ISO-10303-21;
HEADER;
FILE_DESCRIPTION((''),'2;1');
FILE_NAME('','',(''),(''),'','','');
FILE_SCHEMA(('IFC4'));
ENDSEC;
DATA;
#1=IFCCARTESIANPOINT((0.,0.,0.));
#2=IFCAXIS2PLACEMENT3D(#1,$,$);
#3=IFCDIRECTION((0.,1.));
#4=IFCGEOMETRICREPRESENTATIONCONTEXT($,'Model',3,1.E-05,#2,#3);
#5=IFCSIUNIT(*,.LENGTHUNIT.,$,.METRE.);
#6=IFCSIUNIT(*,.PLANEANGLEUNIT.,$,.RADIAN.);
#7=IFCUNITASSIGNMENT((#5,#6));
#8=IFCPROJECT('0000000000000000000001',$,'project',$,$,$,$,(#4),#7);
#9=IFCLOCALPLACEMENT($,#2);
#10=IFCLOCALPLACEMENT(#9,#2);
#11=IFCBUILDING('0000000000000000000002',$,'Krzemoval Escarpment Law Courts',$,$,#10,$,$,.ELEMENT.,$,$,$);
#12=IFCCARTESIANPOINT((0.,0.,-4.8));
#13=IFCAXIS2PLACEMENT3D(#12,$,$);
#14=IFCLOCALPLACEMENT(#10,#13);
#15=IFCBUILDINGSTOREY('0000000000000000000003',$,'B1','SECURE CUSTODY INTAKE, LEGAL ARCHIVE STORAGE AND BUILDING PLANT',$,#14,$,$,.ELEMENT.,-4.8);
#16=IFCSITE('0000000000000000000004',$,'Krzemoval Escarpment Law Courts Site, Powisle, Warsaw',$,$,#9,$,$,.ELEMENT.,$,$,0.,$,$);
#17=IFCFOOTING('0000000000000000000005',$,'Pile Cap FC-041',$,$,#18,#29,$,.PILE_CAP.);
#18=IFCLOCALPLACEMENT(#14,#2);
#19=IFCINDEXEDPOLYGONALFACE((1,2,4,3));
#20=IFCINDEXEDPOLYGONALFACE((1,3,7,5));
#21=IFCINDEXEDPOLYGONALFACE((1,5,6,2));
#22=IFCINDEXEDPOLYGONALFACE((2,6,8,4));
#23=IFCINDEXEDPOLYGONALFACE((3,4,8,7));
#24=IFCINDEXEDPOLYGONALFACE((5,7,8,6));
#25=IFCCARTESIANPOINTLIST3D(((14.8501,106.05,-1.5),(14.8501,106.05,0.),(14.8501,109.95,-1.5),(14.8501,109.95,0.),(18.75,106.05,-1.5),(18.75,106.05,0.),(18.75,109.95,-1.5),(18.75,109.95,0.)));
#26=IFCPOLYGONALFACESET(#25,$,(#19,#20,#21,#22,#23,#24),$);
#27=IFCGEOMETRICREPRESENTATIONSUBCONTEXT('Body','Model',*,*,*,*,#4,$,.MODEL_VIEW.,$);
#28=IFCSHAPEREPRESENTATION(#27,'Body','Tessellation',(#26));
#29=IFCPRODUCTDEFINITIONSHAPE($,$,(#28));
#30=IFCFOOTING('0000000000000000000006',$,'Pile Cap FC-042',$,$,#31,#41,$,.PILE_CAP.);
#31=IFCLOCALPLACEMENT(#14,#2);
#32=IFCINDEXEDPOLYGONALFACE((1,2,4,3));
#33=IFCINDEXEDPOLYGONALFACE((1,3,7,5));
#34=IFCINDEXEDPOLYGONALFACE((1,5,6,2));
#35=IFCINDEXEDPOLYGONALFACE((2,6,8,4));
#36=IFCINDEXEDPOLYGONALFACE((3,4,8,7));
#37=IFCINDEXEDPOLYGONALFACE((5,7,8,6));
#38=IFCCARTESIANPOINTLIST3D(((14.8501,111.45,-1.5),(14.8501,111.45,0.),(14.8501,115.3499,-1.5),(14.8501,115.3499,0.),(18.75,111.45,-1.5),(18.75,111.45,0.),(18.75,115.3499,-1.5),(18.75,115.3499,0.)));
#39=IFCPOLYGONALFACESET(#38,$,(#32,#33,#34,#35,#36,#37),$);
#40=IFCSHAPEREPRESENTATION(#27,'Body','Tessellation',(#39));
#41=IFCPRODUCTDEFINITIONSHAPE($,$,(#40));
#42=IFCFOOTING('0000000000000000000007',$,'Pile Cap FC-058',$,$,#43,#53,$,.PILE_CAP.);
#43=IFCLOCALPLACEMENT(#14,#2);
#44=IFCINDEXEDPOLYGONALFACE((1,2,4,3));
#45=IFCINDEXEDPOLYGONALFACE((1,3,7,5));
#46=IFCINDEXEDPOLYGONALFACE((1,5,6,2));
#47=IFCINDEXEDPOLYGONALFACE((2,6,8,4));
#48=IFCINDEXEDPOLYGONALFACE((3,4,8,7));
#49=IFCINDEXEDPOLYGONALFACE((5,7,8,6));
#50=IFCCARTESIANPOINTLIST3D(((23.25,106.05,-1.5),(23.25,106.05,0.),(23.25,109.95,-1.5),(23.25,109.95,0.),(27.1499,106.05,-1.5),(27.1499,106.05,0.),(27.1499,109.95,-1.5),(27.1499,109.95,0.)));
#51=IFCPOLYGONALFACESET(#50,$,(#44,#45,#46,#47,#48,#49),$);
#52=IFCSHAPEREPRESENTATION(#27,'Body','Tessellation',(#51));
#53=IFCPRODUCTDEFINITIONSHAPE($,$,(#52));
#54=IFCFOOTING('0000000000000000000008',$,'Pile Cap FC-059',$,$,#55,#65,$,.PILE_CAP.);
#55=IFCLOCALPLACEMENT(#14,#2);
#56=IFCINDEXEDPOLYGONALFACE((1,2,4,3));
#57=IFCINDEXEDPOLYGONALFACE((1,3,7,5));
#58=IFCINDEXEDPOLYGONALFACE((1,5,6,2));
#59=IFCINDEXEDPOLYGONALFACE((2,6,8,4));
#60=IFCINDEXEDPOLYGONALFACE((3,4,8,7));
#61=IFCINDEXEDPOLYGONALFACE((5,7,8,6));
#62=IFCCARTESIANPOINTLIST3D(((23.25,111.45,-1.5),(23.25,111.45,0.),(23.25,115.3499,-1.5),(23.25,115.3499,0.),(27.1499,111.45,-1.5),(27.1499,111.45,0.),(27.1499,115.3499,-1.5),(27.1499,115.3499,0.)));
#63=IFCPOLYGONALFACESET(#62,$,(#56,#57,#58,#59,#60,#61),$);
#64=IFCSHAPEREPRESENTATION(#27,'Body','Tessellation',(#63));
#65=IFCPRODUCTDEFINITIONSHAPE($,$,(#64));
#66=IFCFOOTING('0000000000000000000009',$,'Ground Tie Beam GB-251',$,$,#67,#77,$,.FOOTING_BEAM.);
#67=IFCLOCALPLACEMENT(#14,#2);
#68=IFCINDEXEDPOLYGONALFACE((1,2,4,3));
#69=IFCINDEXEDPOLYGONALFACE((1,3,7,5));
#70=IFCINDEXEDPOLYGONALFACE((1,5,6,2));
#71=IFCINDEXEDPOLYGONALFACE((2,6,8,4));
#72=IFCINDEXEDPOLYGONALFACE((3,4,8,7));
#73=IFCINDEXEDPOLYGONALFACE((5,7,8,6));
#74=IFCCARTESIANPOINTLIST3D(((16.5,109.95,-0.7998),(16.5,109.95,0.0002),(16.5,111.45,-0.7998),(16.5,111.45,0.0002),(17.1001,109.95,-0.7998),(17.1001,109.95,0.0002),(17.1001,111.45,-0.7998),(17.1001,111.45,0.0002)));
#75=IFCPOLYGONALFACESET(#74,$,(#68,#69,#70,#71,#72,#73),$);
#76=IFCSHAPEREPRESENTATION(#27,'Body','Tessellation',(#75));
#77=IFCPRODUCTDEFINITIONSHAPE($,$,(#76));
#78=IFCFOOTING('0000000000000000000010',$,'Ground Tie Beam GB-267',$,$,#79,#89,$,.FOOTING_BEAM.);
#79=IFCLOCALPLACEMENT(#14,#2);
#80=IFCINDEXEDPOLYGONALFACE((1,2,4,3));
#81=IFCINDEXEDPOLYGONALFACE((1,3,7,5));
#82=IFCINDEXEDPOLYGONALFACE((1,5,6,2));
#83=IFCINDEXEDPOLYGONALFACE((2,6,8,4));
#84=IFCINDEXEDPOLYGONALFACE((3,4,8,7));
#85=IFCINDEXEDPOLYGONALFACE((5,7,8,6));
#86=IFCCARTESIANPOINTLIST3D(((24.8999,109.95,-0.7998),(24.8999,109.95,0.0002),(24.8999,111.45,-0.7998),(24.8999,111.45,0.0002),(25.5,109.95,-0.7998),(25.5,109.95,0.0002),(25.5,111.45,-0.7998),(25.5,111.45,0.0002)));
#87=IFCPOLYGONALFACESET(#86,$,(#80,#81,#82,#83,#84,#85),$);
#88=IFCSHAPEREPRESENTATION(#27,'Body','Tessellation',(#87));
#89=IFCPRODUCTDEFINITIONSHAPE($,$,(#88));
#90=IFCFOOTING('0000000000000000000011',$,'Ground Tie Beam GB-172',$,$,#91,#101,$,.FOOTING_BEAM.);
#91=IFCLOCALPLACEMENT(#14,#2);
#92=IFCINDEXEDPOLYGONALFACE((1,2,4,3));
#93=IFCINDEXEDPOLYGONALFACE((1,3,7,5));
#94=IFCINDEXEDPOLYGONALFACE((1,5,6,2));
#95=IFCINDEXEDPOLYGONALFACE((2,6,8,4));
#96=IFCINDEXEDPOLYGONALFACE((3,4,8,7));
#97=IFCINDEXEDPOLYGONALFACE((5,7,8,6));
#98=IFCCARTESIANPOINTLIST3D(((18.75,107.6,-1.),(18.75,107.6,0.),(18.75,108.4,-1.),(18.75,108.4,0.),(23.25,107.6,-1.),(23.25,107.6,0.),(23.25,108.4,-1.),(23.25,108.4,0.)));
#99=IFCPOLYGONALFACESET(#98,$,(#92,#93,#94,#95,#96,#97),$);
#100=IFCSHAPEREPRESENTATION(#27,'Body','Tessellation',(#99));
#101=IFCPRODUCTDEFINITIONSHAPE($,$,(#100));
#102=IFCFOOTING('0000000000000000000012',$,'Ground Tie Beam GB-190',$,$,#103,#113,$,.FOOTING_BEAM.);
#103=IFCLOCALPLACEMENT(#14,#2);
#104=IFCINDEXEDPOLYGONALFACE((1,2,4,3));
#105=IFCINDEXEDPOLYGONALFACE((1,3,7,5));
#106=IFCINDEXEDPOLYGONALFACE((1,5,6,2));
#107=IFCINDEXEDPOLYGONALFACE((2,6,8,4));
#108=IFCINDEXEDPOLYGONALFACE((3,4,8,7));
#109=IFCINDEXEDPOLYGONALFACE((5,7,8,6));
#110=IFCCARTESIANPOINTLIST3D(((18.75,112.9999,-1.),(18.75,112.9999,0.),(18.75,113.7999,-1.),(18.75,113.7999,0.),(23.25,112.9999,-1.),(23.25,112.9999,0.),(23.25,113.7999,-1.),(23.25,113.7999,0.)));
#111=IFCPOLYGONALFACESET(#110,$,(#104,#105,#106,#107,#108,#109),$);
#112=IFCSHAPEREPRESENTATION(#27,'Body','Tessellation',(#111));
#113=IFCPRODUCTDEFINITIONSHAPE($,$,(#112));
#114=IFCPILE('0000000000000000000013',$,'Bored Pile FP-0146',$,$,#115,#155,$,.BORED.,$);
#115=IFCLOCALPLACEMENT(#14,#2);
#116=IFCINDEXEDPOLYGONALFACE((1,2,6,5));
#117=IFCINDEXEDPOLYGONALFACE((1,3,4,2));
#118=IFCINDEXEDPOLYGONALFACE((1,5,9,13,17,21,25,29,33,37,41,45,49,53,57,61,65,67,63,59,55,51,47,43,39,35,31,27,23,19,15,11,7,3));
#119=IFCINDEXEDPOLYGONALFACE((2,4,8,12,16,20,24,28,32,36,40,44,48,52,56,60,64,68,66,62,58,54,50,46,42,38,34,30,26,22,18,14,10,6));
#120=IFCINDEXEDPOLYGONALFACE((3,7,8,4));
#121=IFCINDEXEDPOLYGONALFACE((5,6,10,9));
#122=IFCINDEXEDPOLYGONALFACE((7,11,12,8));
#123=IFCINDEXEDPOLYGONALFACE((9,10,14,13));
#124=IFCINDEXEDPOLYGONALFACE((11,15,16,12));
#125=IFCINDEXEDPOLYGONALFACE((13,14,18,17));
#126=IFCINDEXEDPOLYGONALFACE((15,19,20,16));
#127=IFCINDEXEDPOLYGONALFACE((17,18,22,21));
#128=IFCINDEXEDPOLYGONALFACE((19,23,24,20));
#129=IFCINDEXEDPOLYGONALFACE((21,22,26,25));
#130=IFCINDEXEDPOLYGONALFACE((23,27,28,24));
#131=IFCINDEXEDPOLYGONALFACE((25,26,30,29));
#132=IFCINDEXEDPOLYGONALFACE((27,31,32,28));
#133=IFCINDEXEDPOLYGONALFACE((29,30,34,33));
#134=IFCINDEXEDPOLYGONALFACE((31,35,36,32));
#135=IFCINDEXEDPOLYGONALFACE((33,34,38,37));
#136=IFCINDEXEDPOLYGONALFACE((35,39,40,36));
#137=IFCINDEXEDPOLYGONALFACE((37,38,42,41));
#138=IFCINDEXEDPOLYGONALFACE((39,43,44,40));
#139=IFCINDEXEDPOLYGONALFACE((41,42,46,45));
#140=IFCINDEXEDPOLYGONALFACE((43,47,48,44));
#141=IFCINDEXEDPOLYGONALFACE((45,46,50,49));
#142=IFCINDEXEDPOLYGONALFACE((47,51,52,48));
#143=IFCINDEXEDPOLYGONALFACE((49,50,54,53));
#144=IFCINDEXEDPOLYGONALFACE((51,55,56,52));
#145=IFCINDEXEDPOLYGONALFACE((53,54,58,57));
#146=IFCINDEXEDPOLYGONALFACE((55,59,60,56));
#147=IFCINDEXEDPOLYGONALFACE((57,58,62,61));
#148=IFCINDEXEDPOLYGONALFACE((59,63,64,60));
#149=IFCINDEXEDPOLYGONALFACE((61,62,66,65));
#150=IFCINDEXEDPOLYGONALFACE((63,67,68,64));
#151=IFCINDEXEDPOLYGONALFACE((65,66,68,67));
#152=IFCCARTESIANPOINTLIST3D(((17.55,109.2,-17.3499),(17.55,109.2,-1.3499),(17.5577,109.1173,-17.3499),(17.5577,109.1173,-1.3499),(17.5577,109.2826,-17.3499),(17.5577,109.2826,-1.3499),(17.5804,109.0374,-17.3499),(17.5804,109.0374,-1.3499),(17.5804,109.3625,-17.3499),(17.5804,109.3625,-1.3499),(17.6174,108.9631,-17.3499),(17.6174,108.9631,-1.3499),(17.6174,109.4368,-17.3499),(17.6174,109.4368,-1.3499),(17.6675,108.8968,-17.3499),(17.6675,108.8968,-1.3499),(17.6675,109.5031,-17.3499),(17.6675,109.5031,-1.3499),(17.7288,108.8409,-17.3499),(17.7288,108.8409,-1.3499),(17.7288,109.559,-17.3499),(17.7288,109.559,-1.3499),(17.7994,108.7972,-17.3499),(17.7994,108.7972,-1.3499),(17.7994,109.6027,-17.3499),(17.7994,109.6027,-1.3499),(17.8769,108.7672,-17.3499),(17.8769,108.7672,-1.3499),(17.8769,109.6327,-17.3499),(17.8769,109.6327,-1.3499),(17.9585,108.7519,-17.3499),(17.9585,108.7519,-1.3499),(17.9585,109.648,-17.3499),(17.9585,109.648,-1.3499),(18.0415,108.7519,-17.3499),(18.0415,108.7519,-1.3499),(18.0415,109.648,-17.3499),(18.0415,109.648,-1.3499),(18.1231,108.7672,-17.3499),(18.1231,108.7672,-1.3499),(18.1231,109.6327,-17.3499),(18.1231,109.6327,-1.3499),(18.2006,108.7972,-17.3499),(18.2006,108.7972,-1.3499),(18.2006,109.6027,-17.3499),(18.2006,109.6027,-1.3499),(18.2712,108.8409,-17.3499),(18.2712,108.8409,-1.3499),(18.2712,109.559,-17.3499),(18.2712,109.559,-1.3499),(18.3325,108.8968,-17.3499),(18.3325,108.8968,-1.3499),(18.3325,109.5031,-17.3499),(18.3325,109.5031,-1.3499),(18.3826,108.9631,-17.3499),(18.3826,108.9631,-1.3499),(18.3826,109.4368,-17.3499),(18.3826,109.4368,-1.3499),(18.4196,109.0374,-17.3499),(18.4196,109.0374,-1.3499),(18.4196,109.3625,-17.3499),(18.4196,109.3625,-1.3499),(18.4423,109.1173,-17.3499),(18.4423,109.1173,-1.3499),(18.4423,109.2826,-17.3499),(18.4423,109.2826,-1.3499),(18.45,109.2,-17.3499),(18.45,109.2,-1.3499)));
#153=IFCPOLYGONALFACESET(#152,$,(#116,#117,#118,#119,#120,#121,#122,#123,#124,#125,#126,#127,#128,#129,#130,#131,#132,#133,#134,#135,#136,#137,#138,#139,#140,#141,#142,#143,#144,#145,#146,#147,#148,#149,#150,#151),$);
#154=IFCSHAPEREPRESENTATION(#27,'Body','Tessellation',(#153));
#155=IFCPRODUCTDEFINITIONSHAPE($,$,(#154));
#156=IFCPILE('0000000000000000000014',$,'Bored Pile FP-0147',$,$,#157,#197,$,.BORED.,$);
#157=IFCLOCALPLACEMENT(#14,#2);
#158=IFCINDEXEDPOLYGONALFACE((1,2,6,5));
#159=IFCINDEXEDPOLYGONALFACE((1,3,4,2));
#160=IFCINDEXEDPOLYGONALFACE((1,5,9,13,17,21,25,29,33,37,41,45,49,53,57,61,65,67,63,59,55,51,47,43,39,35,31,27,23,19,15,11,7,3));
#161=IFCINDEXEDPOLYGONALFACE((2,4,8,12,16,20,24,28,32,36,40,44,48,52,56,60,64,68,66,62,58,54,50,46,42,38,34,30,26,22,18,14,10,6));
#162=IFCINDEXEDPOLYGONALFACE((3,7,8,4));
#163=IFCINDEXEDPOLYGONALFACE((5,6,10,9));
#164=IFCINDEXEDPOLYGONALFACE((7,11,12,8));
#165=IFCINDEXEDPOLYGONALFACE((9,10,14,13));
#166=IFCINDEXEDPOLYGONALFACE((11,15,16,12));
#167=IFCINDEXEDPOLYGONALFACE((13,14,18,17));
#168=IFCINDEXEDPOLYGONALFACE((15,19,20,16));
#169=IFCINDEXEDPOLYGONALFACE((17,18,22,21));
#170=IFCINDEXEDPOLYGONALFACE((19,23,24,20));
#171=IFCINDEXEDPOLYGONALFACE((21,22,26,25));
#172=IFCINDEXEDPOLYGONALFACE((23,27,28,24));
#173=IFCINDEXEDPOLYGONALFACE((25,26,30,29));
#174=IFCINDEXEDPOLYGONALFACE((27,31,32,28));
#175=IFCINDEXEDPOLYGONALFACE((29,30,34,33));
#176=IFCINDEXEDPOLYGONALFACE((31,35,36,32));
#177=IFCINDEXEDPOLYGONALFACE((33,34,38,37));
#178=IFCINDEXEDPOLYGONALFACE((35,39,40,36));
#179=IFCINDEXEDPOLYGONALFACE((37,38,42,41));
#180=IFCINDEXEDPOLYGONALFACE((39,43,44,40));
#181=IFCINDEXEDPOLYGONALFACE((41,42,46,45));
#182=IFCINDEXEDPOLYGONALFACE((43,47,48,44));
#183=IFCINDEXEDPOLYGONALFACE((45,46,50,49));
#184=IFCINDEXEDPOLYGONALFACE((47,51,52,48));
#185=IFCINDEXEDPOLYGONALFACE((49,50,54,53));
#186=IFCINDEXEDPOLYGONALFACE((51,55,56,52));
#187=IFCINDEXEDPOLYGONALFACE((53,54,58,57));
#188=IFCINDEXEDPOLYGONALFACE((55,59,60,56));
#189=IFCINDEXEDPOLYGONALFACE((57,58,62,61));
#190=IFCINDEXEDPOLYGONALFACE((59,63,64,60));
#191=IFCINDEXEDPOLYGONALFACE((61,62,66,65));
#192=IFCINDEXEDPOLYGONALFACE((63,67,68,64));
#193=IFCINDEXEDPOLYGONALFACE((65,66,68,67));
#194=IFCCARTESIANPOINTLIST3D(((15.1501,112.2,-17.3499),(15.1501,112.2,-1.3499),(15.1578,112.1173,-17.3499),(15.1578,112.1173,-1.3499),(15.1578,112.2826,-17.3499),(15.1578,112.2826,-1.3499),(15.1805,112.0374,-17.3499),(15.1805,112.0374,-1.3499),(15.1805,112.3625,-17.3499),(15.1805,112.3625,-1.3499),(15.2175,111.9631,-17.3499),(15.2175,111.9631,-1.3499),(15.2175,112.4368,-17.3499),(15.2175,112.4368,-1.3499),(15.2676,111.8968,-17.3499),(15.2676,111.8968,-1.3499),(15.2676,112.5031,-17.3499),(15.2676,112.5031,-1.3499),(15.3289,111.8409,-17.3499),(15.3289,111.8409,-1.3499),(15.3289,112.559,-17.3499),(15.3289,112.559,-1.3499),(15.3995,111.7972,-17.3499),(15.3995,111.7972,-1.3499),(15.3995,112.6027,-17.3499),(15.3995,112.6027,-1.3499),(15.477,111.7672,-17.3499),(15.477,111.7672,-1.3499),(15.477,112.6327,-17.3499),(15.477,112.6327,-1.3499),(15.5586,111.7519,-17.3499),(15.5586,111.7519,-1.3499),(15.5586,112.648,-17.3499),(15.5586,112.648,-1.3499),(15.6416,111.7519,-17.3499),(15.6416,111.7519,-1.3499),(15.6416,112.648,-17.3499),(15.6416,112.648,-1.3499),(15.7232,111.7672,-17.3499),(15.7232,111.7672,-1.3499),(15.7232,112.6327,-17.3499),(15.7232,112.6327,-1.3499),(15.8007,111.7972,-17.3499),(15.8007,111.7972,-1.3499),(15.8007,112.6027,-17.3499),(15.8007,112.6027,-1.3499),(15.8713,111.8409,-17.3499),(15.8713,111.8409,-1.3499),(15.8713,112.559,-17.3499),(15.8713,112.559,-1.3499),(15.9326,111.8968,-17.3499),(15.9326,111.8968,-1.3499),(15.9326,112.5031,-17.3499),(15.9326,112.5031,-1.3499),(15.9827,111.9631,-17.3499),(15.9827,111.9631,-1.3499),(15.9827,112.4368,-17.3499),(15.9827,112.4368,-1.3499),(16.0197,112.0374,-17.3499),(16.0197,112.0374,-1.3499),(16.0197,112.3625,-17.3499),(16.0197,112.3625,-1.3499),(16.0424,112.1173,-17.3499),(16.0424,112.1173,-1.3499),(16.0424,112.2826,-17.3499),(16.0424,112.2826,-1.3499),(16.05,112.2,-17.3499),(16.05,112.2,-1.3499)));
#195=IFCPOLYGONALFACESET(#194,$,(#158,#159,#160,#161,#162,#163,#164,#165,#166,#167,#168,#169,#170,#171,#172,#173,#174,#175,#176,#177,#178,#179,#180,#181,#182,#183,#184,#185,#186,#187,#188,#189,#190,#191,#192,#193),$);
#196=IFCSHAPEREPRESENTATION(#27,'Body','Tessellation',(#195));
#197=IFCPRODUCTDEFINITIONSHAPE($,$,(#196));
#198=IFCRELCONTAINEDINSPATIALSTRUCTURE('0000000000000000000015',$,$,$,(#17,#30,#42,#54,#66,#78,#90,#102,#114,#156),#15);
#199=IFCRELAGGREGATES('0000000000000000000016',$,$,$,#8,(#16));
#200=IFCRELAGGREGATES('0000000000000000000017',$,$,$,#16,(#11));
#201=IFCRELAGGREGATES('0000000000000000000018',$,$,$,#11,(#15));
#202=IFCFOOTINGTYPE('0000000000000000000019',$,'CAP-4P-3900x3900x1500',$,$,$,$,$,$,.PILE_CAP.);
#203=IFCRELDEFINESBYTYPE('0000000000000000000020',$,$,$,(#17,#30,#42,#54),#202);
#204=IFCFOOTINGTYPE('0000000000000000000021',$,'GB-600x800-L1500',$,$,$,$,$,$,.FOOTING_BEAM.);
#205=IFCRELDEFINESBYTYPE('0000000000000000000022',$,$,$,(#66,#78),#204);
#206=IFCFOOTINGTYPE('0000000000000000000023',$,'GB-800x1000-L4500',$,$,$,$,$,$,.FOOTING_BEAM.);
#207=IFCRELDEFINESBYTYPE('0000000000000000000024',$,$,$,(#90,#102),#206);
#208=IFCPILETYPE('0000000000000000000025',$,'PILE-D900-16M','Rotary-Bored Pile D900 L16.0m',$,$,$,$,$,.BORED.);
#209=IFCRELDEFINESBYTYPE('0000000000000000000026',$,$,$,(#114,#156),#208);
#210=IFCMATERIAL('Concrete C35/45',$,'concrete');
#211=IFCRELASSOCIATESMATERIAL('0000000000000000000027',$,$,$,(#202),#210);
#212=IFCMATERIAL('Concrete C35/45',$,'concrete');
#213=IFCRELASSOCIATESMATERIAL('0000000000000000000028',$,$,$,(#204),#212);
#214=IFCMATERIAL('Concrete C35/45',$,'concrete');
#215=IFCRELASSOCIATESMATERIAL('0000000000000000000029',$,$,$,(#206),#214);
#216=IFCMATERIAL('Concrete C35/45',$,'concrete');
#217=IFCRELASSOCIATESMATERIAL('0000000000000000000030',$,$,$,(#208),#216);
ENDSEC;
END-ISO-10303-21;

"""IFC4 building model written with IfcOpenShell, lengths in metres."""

from ifc_helpers import new_model, si_unit, direction, frame, origin, origin_2d, place, context, subcontext, project, spatial, rectangle, circle, extrude, material, material_profile, profile_set, type_object, element, save


model = new_model("IFC4")

# Units and contexts
model_context = context("Model", 3, precision=1e-05, world=origin(), true_north=direction((0.0, 1.0)))
body_context = subcontext(model_context, "Body", "Model", "MODEL_VIEW")
ifc_project = project(units=[si_unit("LENGTHUNIT", "METRE"), si_unit("PLANEANGLEUNIT", "RADIAN")], contexts=[model_context])

# Site, building, storey
site_placement = place(None, origin())
site = spatial("IfcSite", under=ifc_project, at=site_placement, Name="Krzemoval Escarpment Law Courts Site, Powisle, Warsaw", CompositionType="ELEMENT", RefElevation=0.0)
building_placement = place(site_placement, origin())
building = spatial("IfcBuilding", under=site, at=building_placement, Name="Krzemoval Escarpment Law Courts", CompositionType="ELEMENT")
storey_placement = place(building_placement, frame((0.0, 0.0, -4.8)))
storey = spatial("IfcBuildingStorey", under=building, at=storey_placement, Name="B1", Description="SECURE CUSTODY INTAKE, LEGAL ARCHIVE STORAGE AND BUILDING PLANT", CompositionType="ELEMENT", Elevation=-4.8)

# Footings
ifc_material_1 = material(Name="Concrete C35/45", Category="concrete")
footing_type_1 = type_object("IfcFootingType", Name="CAP-4P-3900x3900x1500", PredefinedType="PILE_CAP", material=ifc_material_1)
for number, where, z_axis, x_axis, name in (
    (1, (16.8, 108.0, -1.5), (0.0, 0.0, 1.0), (1.0, 0.0, 0.0), "Pile Cap FC-041"),
    (2, (16.8, 113.3999, -1.5), (0.0, 0.0, 1.0), (1.0, 0.0, 0.0), "Pile Cap FC-042"),
    (3, (25.2, 108.0, -1.5), (0.0, 0.0, 1.0), (1.0, 0.0, 0.0), "Pile Cap FC-058"),
    (4, (25.2, 113.3999, -1.5), (0.0, 0.0, 1.0), (1.0, 0.0, 0.0), "Pile Cap FC-059"),
):
    element("IfcFooting", number, at=place(storey_placement, frame(where, z_axis=z_axis, x_axis=x_axis)), inside=storey, type_object=footing_type_1, Name=name, PredefinedType="PILE_CAP", context=body_context, shape_type="SweptSolid", body=[
        extrude(rectangle(XDim=3.8999, YDim=3.8999, at=origin_2d()), origin(), (0.0, 0.0, 1.0), 1.5),
    ])
ifc_material_2 = material(Name="Concrete C35/45", Category="concrete")
footing_type_2 = type_object("IfcFootingType", Name="GB-600x800-L1500", PredefinedType="FOOTING_BEAM", material=ifc_material_2)
for number, where, z_axis, x_axis, name in (
    (5, (16.8, 110.7, -0.7998), (0.0, 0.0, 1.0), (0.0, 1.0, 0.0), "Ground Tie Beam GB-251"),
    (6, (25.2, 110.7, -0.7998), (0.0, 0.0, 1.0), (0.0, 1.0, 0.0), "Ground Tie Beam GB-267"),
):
    element("IfcFooting", number, at=place(storey_placement, frame(where, z_axis=z_axis, x_axis=x_axis)), inside=storey, type_object=footing_type_2, Name=name, PredefinedType="FOOTING_BEAM", context=body_context, shape_type="SweptSolid", body=[
        extrude(rectangle(XDim=1.5, YDim=0.6001, at=origin_2d()), origin(), (0.0, 0.0, 1.0), 0.8),
    ])
ifc_material_3 = material(Name="Concrete C35/45", Category="concrete")
footing_type_3 = type_object("IfcFootingType", Name="GB-800x1000-L4500", PredefinedType="FOOTING_BEAM", material=ifc_material_3)
for number, where, z_axis, x_axis, name in (
    (7, (21.0, 108.0, -1.0), (0.0, 0.0, 1.0), (1.0, 0.0, 0.0), "Ground Tie Beam GB-172"),
    (8, (21.0, 113.3999, -1.0), (0.0, 0.0, 1.0), (1.0, 0.0, 0.0), "Ground Tie Beam GB-190"),
):
    element("IfcFooting", number, at=place(storey_placement, frame(where, z_axis=z_axis, x_axis=x_axis)), inside=storey, type_object=footing_type_3, Name=name, PredefinedType="FOOTING_BEAM", context=body_context, shape_type="SweptSolid", body=[
        extrude(rectangle(XDim=4.5, YDim=0.8, at=origin_2d()), origin(), (0.0, 0.0, 1.0), 1.0),
    ])

# Piles
ifc_material_4 = material(Name="Concrete C35/45", Category="concrete")
ifc_material_profile_1 = material_profile(ifc_material_4, circle(Radius=0.45, at=origin_2d()), Name="PILE D900")
ifc_profile_set_1 = profile_set([ifc_material_profile_1], Name="Concrete C35/45")
pile_type = type_object("IfcPileType", Name="PILE-D900-16M", Description="Rotary-Bored Pile D900 L16.0m", PredefinedType="BORED", material=ifc_profile_set_1)
for number, where, z_axis, x_axis, name in (
    (9, (18.0, 109.2, -1.3499), (0.0, 0.0, -1.0), (1.0, 0.0, 0.0), "Bored Pile FP-0146"),
    (10, (15.6001, 112.2, -1.3499), (0.0, 0.0, -1.0), (1.0, 0.0, 0.0), "Bored Pile FP-0147"),
):
    element("IfcPile", number, at=place(storey_placement, frame(where, z_axis=z_axis, x_axis=x_axis)), inside=storey, type_object=pile_type, Name=name, PredefinedType="BORED", context=body_context, shape_type="SweptSolid", body=[
        extrude(circle(Radius=0.45, at=origin_2d()), origin(), (0.0, 0.0, 1.0), 16.0),
    ])

save(model, "model.ifc")
